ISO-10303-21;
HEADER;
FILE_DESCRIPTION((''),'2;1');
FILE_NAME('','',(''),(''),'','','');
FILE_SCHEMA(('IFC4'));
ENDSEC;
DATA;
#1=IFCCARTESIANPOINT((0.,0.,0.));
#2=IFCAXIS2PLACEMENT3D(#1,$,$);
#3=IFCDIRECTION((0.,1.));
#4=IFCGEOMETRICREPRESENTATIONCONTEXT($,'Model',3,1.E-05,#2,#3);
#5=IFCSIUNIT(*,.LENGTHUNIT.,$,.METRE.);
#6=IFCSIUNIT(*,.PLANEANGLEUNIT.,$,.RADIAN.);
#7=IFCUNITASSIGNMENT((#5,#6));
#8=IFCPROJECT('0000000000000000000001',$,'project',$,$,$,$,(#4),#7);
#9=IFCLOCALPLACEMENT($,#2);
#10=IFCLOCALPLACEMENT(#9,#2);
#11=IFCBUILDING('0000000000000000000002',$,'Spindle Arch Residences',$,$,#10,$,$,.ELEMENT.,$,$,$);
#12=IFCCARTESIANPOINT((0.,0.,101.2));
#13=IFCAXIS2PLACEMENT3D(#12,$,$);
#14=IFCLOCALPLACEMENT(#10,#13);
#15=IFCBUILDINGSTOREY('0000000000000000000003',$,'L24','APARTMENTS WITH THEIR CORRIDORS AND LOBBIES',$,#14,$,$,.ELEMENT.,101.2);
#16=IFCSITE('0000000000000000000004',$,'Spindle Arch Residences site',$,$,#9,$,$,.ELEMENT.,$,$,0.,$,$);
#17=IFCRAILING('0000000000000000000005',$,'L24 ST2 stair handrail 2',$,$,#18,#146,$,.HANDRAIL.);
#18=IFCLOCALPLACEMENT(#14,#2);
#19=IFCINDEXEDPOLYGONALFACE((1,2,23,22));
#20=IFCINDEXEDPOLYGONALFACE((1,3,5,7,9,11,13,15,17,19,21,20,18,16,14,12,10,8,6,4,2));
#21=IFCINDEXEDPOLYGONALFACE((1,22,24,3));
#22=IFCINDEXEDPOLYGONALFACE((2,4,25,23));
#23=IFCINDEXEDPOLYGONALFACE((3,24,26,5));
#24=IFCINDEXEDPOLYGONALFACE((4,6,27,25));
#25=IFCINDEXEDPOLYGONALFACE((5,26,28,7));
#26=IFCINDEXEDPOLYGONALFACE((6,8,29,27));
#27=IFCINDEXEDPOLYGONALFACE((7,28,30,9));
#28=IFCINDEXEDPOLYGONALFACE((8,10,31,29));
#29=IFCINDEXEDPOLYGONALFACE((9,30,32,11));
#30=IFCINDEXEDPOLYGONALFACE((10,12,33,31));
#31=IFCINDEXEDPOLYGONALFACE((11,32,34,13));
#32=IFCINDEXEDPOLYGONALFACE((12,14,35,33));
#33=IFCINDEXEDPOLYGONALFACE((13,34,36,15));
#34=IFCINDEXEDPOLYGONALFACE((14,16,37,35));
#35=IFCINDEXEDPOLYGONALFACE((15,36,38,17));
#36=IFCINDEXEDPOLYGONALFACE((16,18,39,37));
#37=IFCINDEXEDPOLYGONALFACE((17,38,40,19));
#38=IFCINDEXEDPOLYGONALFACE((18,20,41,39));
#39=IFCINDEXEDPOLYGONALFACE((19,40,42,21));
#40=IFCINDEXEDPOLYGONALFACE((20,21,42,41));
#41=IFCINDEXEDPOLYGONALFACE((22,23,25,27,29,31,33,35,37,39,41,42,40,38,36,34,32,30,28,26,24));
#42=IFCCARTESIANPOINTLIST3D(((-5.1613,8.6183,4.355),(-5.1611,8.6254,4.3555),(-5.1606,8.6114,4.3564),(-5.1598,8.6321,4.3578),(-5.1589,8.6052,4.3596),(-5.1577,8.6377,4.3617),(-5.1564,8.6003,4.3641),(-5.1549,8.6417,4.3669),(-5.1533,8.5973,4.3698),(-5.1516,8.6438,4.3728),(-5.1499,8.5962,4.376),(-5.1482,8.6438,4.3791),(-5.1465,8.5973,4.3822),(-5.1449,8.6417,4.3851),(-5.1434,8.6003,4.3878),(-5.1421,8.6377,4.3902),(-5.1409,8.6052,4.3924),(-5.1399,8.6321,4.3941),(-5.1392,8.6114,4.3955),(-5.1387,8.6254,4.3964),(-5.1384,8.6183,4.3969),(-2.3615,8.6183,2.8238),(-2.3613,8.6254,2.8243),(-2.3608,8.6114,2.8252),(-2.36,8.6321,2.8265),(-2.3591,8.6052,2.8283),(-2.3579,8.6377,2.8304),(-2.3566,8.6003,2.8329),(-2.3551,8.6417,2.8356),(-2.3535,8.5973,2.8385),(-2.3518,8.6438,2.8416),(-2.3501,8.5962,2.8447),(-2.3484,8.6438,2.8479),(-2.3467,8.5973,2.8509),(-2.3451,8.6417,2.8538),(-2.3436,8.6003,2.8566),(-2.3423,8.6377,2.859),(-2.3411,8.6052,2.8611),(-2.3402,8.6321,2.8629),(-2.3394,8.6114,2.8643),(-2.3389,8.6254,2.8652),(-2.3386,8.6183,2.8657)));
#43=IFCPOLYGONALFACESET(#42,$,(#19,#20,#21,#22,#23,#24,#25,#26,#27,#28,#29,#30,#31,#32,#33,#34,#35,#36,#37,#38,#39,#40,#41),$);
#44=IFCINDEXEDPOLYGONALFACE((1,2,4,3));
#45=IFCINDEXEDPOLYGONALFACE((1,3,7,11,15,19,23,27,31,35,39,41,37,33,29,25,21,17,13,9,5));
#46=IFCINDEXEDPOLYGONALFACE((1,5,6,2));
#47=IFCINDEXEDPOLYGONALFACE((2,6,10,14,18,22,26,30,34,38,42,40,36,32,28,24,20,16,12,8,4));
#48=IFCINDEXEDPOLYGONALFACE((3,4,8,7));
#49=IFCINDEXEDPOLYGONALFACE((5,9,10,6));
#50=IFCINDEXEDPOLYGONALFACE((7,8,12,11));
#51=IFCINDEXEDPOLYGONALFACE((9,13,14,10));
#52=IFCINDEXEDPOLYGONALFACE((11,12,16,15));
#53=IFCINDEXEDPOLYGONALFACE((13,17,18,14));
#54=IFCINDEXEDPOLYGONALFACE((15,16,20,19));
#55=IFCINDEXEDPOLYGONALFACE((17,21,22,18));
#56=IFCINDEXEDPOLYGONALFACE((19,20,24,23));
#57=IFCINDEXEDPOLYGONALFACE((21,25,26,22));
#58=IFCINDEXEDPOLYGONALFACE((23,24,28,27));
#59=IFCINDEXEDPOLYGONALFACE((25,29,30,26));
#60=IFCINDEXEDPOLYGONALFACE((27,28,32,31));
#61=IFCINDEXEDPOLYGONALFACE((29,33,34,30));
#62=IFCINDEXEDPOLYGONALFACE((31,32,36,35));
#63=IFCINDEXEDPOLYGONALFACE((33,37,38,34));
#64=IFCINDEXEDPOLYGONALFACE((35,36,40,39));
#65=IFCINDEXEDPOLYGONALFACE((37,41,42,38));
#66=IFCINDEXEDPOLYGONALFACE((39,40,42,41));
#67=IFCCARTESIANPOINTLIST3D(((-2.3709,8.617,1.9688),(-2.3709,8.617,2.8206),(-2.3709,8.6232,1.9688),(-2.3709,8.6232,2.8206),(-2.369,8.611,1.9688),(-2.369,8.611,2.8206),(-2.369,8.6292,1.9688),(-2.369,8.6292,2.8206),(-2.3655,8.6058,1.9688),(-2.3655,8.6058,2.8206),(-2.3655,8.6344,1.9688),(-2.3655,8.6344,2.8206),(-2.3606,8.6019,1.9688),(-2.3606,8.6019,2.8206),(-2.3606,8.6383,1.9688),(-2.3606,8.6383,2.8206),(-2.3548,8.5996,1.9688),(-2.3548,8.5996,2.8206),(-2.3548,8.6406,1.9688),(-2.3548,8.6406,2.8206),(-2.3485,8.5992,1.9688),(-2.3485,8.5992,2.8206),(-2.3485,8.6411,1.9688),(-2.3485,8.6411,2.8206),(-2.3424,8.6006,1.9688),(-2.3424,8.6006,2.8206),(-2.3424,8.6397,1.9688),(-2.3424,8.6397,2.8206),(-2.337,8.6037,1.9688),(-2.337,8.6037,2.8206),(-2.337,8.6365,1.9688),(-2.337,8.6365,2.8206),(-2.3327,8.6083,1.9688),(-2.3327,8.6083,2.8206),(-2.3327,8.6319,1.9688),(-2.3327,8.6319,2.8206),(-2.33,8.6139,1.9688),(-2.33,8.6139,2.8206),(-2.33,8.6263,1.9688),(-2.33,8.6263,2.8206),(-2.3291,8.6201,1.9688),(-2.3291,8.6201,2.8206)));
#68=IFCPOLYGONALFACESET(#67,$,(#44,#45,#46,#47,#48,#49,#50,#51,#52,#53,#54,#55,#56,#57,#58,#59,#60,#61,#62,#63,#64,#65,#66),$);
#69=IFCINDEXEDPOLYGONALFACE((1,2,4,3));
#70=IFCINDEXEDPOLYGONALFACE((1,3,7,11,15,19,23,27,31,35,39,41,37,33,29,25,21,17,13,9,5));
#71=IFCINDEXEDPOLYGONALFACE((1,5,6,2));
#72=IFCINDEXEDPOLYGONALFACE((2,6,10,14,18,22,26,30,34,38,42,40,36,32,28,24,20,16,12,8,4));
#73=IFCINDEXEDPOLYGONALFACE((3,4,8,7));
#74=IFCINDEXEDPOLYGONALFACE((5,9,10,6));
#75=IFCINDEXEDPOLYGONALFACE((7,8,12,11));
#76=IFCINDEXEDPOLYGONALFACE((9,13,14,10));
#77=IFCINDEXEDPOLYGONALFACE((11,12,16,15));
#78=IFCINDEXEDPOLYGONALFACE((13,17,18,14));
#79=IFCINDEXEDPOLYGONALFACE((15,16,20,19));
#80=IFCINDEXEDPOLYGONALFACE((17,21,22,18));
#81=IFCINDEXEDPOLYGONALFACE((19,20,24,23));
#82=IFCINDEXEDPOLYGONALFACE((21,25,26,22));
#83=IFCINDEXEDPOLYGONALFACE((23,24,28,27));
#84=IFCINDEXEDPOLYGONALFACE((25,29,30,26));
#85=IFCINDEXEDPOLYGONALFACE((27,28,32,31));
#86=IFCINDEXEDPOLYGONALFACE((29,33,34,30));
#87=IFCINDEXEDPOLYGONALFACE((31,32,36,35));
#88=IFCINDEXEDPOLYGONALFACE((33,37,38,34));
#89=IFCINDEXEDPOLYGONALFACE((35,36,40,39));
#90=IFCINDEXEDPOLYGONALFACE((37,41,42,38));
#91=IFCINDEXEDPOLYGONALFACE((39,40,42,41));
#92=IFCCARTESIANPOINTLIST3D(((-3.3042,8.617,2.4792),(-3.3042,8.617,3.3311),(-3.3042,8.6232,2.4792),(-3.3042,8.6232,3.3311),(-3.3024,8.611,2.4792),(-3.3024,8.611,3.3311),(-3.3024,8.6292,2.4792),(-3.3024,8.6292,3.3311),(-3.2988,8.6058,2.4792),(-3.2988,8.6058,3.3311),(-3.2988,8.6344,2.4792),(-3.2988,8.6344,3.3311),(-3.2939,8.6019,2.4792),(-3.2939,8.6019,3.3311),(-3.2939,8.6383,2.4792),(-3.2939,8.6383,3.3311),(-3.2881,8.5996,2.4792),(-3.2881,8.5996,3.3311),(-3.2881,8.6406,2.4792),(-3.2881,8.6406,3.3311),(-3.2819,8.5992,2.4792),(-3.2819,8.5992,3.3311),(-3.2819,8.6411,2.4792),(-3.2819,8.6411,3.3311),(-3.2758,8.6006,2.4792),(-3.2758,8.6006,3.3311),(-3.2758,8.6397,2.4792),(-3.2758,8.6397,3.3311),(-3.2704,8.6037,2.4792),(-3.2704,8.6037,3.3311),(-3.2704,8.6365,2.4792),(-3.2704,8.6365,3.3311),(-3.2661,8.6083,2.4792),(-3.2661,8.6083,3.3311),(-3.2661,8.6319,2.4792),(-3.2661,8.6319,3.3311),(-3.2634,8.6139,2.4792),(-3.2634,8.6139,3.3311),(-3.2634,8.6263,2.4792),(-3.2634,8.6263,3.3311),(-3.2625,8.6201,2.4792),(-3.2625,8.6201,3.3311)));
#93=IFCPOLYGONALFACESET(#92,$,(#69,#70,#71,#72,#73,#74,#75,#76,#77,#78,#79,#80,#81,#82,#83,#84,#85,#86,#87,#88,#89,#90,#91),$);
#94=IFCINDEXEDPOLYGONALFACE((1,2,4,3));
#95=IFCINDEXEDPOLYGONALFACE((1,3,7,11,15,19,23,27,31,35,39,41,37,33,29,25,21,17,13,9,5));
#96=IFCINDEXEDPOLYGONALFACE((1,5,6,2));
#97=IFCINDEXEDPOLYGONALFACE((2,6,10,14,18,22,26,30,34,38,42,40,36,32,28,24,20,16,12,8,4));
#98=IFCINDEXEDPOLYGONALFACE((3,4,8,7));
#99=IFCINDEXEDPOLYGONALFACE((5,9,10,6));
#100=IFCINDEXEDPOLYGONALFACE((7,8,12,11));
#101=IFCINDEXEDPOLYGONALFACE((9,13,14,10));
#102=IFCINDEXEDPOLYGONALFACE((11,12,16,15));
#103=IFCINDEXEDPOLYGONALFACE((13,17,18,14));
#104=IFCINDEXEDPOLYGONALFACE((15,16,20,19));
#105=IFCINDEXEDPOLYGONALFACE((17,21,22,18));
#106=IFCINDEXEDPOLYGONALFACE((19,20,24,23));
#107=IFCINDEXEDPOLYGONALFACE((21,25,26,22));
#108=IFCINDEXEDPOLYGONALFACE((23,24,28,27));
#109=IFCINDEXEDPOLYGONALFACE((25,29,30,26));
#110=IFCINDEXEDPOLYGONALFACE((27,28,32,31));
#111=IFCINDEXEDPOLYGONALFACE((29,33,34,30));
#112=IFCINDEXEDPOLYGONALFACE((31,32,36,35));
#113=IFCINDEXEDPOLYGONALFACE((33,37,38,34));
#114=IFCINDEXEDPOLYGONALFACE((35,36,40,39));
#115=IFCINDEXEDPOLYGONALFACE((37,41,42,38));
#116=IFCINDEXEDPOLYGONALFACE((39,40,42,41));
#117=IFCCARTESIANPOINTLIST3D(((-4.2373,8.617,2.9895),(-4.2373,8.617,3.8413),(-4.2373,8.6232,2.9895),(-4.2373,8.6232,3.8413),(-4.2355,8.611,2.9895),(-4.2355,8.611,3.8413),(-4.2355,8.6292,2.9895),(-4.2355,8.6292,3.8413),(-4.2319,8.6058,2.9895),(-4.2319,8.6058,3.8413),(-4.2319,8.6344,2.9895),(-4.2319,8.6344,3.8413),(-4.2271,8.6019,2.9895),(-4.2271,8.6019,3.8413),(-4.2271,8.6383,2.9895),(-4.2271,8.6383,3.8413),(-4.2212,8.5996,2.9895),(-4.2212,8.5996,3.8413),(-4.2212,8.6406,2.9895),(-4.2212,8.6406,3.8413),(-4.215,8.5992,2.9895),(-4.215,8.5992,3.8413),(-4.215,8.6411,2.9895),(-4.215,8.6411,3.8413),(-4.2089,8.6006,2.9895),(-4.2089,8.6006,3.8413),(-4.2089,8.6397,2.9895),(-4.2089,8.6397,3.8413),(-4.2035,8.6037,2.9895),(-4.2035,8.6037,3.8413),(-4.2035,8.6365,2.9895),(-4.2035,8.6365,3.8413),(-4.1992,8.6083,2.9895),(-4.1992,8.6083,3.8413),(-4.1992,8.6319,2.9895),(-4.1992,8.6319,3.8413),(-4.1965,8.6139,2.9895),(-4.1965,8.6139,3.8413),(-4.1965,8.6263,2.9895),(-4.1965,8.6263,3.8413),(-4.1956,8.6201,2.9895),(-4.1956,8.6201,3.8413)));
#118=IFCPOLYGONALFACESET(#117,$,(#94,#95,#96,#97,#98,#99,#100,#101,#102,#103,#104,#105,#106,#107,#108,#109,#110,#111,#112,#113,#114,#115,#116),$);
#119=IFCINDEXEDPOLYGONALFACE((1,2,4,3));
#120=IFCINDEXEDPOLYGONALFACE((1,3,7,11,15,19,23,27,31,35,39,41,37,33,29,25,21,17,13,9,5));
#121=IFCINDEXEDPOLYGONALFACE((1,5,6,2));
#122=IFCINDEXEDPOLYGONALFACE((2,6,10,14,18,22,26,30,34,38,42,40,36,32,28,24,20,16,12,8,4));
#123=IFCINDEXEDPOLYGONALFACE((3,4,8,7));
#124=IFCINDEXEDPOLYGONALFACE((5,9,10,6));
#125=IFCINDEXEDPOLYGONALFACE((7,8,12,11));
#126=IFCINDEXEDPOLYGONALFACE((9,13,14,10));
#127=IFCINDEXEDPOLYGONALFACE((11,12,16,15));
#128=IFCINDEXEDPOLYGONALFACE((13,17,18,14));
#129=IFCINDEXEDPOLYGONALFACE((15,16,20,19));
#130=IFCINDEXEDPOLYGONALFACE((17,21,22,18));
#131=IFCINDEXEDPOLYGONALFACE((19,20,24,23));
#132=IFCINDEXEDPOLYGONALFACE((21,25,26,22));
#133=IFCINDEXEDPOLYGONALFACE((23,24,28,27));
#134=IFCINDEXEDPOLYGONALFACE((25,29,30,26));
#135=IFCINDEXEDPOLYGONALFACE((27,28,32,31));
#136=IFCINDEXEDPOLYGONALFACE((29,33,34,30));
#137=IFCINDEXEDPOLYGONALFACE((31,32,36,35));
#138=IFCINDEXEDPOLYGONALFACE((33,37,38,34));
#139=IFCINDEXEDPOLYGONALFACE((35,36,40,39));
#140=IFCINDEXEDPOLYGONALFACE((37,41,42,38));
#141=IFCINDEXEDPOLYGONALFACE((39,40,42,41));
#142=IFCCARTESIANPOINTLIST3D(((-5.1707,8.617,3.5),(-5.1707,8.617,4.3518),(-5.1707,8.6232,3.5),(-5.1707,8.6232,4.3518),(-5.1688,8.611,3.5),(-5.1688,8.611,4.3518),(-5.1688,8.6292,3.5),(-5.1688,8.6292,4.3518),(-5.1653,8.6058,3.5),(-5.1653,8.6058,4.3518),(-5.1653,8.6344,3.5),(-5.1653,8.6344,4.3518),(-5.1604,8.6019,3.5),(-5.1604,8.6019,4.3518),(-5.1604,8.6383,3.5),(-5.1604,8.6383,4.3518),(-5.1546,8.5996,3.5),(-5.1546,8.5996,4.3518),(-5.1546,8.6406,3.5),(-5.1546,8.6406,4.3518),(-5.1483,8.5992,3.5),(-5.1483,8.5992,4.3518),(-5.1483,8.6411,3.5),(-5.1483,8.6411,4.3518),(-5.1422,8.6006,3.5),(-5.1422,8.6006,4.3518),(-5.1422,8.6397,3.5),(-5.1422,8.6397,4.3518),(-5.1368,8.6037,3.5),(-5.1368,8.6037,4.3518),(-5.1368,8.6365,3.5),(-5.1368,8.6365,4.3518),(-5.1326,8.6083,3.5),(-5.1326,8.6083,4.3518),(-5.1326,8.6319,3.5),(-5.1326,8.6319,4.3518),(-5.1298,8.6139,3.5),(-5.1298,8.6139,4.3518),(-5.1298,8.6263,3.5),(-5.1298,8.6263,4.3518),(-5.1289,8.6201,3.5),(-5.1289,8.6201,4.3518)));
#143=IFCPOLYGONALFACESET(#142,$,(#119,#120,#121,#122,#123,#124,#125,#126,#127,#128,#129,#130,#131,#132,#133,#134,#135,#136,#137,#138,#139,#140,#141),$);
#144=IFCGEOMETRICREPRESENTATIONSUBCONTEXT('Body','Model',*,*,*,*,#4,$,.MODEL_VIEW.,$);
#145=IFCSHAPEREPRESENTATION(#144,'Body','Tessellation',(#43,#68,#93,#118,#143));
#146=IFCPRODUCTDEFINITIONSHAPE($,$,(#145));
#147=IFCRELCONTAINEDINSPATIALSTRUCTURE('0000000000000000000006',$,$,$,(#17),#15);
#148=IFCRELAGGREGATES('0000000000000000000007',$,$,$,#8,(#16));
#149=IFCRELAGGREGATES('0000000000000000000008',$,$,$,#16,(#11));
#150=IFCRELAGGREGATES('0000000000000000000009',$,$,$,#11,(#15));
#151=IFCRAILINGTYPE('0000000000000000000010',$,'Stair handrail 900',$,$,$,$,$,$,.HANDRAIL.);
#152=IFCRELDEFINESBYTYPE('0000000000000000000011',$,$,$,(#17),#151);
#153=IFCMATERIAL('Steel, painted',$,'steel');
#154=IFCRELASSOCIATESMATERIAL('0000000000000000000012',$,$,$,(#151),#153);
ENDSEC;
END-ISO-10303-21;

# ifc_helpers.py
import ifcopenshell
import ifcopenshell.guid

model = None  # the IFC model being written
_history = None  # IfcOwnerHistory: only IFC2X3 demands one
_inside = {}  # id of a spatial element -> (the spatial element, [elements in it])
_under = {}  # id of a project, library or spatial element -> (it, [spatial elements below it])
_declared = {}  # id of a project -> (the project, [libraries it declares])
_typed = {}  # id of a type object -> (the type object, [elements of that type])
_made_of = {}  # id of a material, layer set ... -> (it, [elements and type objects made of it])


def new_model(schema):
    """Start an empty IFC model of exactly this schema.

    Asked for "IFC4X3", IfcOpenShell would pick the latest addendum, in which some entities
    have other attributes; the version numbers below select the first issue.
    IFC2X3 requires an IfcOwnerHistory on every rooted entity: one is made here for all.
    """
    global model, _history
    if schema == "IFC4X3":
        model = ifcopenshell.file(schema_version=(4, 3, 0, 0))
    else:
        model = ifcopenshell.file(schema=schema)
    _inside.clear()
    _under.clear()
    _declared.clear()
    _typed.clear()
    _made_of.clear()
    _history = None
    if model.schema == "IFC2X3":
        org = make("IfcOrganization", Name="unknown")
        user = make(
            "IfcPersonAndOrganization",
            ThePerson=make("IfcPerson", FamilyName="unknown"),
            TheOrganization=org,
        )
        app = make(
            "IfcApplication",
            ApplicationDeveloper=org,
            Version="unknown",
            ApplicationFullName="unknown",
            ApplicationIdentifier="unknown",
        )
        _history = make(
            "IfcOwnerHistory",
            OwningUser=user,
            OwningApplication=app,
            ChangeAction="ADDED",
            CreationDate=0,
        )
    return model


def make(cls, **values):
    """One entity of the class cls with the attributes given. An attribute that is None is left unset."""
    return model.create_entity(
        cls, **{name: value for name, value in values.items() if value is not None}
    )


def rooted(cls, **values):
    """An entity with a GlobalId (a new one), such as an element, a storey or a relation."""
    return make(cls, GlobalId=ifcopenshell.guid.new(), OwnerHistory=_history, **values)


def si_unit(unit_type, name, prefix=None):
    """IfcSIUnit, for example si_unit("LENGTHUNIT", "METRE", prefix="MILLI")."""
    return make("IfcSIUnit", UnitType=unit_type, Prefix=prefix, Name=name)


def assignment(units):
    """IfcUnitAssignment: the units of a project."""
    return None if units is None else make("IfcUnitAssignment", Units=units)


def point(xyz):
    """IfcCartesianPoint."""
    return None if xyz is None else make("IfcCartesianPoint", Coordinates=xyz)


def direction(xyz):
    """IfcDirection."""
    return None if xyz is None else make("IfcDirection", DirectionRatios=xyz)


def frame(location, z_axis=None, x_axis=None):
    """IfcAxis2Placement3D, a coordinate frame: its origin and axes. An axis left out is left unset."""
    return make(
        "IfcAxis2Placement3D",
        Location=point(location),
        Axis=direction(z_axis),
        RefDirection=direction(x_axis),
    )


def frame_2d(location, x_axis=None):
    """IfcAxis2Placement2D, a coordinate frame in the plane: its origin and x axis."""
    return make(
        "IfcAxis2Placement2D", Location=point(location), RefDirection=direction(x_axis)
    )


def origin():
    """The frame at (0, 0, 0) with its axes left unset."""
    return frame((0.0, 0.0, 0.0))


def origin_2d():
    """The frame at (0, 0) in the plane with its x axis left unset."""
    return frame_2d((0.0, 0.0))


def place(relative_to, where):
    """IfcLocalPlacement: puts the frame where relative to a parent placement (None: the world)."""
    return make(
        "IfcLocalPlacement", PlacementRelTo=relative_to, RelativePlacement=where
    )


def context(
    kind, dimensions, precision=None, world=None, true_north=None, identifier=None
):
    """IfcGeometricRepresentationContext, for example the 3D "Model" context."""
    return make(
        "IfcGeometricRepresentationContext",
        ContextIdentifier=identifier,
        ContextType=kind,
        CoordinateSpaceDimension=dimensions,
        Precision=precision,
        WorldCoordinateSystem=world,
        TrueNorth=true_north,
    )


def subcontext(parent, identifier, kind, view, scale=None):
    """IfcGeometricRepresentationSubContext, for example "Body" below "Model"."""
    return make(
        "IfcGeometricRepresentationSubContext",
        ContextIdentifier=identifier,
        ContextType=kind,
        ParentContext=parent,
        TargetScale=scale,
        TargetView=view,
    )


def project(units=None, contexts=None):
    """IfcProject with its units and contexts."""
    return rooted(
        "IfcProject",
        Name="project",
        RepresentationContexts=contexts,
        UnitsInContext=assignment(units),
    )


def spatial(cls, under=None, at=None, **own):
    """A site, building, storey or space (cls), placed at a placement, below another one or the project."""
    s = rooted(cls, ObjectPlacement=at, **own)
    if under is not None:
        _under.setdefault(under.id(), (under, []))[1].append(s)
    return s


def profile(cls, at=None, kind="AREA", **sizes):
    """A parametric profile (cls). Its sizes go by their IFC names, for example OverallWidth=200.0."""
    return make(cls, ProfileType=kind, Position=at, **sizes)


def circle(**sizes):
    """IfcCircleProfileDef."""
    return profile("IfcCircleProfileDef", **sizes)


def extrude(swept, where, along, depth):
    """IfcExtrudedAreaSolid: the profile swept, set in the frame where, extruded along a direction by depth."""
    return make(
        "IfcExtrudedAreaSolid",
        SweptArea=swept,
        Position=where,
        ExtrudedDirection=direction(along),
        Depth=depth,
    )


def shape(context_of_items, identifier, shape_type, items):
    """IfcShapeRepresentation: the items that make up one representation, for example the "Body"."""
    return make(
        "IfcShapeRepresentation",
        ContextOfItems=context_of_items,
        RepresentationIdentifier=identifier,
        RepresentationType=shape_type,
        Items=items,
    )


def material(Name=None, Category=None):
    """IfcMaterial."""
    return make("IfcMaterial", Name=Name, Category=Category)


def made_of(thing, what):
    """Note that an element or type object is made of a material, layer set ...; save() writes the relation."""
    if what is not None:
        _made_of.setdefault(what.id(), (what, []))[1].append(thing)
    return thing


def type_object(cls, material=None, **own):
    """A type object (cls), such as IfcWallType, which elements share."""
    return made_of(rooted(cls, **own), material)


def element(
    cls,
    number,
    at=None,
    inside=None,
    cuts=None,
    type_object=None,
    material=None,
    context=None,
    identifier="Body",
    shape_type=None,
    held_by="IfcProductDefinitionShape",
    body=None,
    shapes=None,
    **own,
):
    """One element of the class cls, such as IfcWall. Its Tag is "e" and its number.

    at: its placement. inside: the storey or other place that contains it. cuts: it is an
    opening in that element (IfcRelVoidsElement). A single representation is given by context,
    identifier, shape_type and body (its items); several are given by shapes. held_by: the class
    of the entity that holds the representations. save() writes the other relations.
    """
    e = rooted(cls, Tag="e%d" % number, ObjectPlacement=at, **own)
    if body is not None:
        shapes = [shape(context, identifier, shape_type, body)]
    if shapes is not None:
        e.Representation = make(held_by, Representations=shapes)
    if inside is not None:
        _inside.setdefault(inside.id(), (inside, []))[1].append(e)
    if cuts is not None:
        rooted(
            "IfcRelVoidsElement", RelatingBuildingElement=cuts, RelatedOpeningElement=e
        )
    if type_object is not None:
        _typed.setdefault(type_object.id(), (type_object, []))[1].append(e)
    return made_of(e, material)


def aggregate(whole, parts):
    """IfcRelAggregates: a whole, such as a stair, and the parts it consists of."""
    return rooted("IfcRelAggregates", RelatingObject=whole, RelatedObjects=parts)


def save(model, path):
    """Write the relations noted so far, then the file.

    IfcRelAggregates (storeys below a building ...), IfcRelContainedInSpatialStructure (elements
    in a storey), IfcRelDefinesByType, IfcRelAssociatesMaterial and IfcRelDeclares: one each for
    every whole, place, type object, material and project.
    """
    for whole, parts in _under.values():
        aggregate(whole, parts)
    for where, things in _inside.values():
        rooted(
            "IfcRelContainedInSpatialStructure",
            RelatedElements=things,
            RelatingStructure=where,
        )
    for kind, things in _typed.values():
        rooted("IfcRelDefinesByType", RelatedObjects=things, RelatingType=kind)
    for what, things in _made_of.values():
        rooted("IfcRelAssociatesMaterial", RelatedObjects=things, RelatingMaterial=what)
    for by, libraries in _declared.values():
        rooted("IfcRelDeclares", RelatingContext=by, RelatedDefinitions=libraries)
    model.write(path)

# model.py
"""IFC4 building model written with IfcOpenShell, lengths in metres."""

from ifc_helpers import new_model, si_unit, direction, frame, origin, origin_2d, place, context, subcontext, project, spatial, circle, extrude, material, type_object, element, save


model = new_model("IFC4")

# Units and contexts
model_context = context("Model", 3, precision=1e-05, world=origin(), true_north=direction((0.0, 1.0)))
body_context = subcontext(model_context, "Body", "Model", "MODEL_VIEW")
ifc_project = project(units=[si_unit("LENGTHUNIT", "METRE"), si_unit("PLANEANGLEUNIT", "RADIAN")], contexts=[model_context])

# Site, building, storey
site_placement = place(None, origin())
site = spatial("IfcSite", under=ifc_project, at=site_placement, Name="Spindle Arch Residences site", CompositionType="ELEMENT", RefElevation=0.0)
building_placement = place(site_placement, origin())
building = spatial("IfcBuilding", under=site, at=building_placement, Name="Spindle Arch Residences", CompositionType="ELEMENT")
storey_placement = place(building_placement, frame((0.0, 0.0, 101.2)))
storey = spatial("IfcBuildingStorey", under=building, at=storey_placement, Name="L24", Description="APARTMENTS WITH THEIR CORRIDORS AND LOBBIES", CompositionType="ELEMENT", Elevation=101.2)

# Railing
ifc_material_1 = material(Name="Steel, painted", Category="steel")
railing_type_1 = type_object("IfcRailingType", Name="Stair handrail 900", PredefinedType="HANDRAIL", material=ifc_material_1)
railing_1_placement = place(storey_placement, frame((-2.3501, 8.6201, 1.9688)))
element("IfcRailing", 1, at=railing_1_placement, inside=storey, type_object=railing_type_1, Name="L24 ST2 stair handrail 2", PredefinedType="HANDRAIL", context=body_context, shape_type="SweptSolid", body=[
    extrude(circle(Radius=0.0239, at=origin_2d()), frame((0.0, 0.0, 0.876), z_axis=(-0.877357, 0.0, 0.479838), x_axis=(0.0, -1.0, 0.0)), (0.0, 0.0, 1.0), 3.1912),
    extrude(circle(Radius=0.021, at=origin_2d()), origin(), (0.0, 0.0, 1.0), 0.8518),
    extrude(circle(Radius=0.021, at=origin_2d()), frame((-0.9333, 0.0, 0.5105)), (0.0, 0.0, 1.0), 0.8518),
    extrude(circle(Radius=0.021, at=origin_2d()), frame((-1.8665, 0.0, 1.0208)), (0.0, 0.0, 1.0), 0.8518),
    extrude(circle(Radius=0.021, at=origin_2d()), frame((-2.7998, 0.0, 1.5312)), (0.0, 0.0, 1.0), 0.8518),
])

save(model, "model.ifc")
